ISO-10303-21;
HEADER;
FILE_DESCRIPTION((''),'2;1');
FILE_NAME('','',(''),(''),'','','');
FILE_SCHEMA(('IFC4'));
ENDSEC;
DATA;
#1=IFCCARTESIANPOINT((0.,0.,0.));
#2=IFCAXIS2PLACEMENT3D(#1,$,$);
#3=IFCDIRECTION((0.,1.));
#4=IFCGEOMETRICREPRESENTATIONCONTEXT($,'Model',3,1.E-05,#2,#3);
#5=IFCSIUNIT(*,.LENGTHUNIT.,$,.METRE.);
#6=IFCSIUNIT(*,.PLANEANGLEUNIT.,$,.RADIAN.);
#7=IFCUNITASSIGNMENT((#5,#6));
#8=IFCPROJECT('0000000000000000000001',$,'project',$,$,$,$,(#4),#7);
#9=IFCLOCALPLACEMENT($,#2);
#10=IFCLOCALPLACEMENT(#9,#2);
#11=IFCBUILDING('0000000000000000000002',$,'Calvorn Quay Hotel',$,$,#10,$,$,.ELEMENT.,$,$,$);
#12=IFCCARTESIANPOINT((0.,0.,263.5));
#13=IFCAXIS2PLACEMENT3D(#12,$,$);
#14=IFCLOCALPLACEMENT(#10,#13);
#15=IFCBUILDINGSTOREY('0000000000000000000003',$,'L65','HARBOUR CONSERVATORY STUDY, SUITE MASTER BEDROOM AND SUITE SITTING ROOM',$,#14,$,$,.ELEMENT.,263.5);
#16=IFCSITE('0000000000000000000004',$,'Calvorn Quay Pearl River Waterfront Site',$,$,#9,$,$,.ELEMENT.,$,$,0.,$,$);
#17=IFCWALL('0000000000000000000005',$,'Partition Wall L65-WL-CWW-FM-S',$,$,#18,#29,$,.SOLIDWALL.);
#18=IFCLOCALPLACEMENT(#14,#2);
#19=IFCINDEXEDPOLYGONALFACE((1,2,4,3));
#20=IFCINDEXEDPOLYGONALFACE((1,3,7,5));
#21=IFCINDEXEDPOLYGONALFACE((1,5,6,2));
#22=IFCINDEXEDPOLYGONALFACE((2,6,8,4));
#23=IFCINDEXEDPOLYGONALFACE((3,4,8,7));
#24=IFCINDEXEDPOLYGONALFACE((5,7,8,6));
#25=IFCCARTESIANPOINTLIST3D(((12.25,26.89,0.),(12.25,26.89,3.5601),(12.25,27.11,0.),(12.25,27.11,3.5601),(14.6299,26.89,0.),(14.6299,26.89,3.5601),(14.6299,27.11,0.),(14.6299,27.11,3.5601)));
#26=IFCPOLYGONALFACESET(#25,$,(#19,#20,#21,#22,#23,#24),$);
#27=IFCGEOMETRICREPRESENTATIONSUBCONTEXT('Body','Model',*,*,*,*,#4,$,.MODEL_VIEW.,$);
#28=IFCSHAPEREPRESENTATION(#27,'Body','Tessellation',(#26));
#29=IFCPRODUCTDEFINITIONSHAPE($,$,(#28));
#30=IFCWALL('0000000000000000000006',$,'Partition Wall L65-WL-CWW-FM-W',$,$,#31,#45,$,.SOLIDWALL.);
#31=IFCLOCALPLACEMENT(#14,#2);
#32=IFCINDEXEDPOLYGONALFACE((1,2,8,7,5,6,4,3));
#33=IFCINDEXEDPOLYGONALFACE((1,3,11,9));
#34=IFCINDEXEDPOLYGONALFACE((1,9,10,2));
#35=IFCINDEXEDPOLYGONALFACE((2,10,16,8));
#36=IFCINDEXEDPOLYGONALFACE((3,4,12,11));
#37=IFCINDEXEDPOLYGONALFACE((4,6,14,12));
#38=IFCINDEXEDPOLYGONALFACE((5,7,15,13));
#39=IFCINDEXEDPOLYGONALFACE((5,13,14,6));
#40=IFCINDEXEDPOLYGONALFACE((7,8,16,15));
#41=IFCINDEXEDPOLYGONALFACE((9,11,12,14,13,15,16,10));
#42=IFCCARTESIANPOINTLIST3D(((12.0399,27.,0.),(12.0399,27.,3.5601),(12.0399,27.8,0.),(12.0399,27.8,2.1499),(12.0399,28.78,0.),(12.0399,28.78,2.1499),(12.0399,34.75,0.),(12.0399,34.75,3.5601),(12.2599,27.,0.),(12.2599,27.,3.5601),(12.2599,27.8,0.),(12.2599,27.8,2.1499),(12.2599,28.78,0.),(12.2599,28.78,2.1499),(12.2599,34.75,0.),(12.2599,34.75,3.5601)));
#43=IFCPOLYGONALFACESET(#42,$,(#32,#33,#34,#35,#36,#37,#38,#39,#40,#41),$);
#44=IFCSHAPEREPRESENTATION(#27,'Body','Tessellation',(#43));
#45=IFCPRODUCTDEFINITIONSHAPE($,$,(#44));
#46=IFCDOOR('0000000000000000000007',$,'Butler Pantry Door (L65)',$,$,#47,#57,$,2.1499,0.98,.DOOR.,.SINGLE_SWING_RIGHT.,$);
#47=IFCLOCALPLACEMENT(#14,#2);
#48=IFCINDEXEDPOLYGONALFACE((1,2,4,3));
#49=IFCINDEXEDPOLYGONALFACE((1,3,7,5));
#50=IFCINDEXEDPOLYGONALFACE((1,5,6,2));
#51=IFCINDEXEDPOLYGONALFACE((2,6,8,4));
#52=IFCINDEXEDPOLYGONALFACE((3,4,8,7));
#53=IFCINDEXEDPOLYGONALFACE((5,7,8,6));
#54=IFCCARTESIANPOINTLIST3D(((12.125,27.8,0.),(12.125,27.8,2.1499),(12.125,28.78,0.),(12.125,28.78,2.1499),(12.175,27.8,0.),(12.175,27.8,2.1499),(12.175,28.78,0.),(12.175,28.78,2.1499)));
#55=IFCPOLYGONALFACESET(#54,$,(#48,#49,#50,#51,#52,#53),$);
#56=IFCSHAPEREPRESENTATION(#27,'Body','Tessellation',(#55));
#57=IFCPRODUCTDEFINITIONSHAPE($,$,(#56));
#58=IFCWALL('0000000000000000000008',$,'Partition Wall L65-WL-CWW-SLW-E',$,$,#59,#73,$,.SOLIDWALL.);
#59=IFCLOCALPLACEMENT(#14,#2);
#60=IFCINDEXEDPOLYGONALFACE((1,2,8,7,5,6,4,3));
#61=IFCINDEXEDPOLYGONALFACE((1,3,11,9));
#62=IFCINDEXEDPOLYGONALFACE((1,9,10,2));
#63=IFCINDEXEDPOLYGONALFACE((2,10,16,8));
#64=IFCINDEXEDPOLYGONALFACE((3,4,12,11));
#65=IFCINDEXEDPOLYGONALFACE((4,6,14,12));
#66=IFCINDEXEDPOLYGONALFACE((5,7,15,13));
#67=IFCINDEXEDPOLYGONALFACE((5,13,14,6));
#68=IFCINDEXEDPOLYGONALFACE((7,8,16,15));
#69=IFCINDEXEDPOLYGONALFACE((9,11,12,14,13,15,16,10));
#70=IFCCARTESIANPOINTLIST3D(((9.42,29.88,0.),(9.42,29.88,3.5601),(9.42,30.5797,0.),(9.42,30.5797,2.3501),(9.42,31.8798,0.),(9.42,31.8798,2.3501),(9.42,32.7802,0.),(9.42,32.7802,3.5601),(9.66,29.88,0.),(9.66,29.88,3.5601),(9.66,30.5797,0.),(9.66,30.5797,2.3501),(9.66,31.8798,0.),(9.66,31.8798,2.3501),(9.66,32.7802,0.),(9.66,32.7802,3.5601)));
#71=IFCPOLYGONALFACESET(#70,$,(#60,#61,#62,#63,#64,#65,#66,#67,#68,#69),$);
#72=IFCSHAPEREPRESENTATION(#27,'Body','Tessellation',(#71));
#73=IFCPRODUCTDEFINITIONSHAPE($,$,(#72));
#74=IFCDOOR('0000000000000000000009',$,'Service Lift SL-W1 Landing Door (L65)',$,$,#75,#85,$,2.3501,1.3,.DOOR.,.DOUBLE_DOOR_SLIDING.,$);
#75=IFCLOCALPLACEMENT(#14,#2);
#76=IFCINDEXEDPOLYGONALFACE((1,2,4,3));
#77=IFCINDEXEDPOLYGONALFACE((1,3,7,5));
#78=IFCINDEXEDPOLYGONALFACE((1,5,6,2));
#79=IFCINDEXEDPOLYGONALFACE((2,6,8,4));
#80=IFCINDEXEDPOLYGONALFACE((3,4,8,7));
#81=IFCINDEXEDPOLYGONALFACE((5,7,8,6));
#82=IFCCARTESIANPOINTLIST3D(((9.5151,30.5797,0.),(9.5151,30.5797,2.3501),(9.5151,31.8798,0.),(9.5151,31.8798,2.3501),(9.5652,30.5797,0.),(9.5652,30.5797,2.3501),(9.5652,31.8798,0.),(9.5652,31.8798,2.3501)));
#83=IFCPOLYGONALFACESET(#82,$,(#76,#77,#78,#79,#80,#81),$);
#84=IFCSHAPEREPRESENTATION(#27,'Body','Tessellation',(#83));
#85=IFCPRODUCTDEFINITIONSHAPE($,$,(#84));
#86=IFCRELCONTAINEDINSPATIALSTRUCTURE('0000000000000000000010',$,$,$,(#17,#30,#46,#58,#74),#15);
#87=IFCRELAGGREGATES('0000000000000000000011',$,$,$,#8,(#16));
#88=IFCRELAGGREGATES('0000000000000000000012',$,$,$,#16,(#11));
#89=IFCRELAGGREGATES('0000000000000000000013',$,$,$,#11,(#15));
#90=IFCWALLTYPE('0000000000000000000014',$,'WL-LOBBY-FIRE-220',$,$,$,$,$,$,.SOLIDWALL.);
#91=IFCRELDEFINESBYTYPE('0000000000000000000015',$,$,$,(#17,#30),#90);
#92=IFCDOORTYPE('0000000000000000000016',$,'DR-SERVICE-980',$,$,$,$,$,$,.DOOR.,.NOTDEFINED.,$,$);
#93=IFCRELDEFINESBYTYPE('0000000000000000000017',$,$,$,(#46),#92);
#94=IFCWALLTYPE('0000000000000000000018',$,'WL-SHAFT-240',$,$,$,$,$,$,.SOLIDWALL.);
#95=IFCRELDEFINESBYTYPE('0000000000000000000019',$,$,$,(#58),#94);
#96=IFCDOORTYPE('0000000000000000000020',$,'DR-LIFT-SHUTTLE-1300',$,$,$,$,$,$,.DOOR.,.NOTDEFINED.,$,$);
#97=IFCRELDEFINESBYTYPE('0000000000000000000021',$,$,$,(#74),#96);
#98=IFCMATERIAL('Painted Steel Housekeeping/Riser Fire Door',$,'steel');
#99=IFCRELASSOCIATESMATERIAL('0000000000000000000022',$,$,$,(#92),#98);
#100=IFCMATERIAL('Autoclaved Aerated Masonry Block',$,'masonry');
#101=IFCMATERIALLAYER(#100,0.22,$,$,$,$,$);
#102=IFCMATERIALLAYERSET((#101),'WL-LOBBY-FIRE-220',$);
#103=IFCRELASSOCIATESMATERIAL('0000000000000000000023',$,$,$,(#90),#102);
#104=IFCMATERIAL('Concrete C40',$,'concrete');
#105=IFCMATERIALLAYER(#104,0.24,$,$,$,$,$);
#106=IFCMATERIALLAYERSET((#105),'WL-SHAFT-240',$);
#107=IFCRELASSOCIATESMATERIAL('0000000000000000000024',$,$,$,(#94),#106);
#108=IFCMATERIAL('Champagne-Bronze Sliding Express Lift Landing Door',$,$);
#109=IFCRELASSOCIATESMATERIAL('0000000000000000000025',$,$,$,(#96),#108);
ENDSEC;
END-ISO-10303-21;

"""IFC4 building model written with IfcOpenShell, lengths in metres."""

from ifc_helpers import new_model, si_unit, direction, frame, frame_2d, origin, place, context, subcontext, project, spatial, rectangle, extrude, material, layer, layer_set, type_object, element, fill, save


model = new_model("IFC4")

# Units and contexts
model_context = context("Model", 3, precision=1e-05, world=origin(), true_north=direction((0.0, 1.0)))
body_context = subcontext(model_context, "Body", "Model", "MODEL_VIEW")
ifc_project = project(units=[si_unit("LENGTHUNIT", "METRE"), si_unit("PLANEANGLEUNIT", "RADIAN")], contexts=[model_context])

# Site, building, storey
site_placement = place(None, origin())
site = spatial("IfcSite", under=ifc_project, at=site_placement, Name="Calvorn Quay Pearl River Waterfront Site", CompositionType="ELEMENT", RefElevation=0.0)
building_placement = place(site_placement, origin())
building = spatial("IfcBuilding", under=site, at=building_placement, Name="Calvorn Quay Hotel", CompositionType="ELEMENT")
storey_placement = place(building_placement, frame((0.0, 0.0, 263.5)))
storey = spatial("IfcBuildingStorey", under=building, at=storey_placement, Name="L65", Description="HARBOUR CONSERVATORY STUDY, SUITE MASTER BEDROOM AND SUITE SITTING ROOM", CompositionType="ELEMENT", Elevation=263.5)

# Shared definitions
ifc_material_1 = material(Name="Painted Steel Housekeeping/Riser Fire Door", Category="steel")
door_type_1 = type_object("IfcDoorType", Name="DR-SERVICE-980", OperationType="NOTDEFINED", PredefinedType="DOOR", material=ifc_material_1)

# Shared definitions
ifc_material_2 = material(Name="Autoclaved Aerated Masonry Block", Category="masonry")
ifc_layer_1 = layer(ifc_material_2, 0.22)
ifc_layer_set_1 = layer_set([ifc_layer_1], Name="WL-LOBBY-FIRE-220")
wall_type_1 = type_object("IfcWallType", Name="WL-LOBBY-FIRE-220", PredefinedType="SOLIDWALL", material=ifc_layer_set_1)

# Wall
wall_1_placement = place(storey_placement, frame((12.25, 27.0, 0.0), z_axis=(0.0, 0.0, 1.0), x_axis=(1.0, 0.0, 0.0)))
element("IfcWall", 1, at=wall_1_placement, inside=storey, type_object=wall_type_1, Name="Partition Wall L65-WL-CWW-FM-S", PredefinedType="SOLIDWALL", context=body_context, shape_type="SweptSolid", body=[
    extrude(rectangle(XDim=2.3799, YDim=0.22, at=frame_2d((1.1899, 0.0))), origin(), (0.0, 0.0, 1.0), 3.5601),
])

# Walls, openings, doors
wall_2_placement = place(storey_placement, frame((12.1499, 27.0, 0.0), z_axis=(0.0, 0.0, 1.0), x_axis=(0.0, 1.0, 0.0)))
wall_2 = element("IfcWall", 2, at=wall_2_placement, inside=storey, type_object=wall_type_1, Name="Partition Wall L65-WL-CWW-FM-W", PredefinedType="SOLIDWALL", context=body_context, shape_type="SweptSolid", body=[
    extrude(rectangle(XDim=7.75, YDim=0.22, at=frame_2d((3.875, 0.0))), origin(), (0.0, 0.0, 1.0), 3.5601),
])
opening_1_placement = place(wall_2_placement, frame((0.8, 0.0, 0.0)))
opening_1 = element("IfcOpeningElement", 3, at=opening_1_placement, cuts=wall_2, PredefinedType="OPENING", context=body_context, shape_type="SweptSolid", body=[
    extrude(rectangle(XDim=0.98, YDim=2.1499, at=frame_2d((0.49, 1.075))), frame((0.0, 0.1199, 0.0), z_axis=(0.0, -1.0, 0.0), x_axis=(1.0, 0.0, 0.0)), (0.0, 0.0, 1.0), 0.24),
])
door_1_placement = place(opening_1_placement, origin())
door_1 = element("IfcDoor", 4, at=door_1_placement, inside=storey, type_object=door_type_1, Name="Butler Pantry Door (L65)", OperationType="SINGLE_SWING_RIGHT", OverallHeight=2.1499, OverallWidth=0.98, PredefinedType="DOOR", context=body_context, shape_type="SweptSolid", body=[
    extrude(rectangle(XDim=0.98, YDim=2.1499, at=frame_2d((0.49, 1.075))), frame((0.0, 0.0249, 0.0), z_axis=(0.0, -1.0, 0.0), x_axis=(1.0, 0.0, 0.0)), (0.0, 0.0, 1.0), 0.05),
])
fill(opening_1, door_1)
ifc_material_3 = material(Name="Concrete C40", Category="concrete")
ifc_layer_2 = layer(ifc_material_3, 0.24)
ifc_layer_set_2 = layer_set([ifc_layer_2], Name="WL-SHAFT-240")
wall_type_2 = type_object("IfcWallType", Name="WL-SHAFT-240", PredefinedType="SOLIDWALL", material=ifc_layer_set_2)
wall_3_placement = place(storey_placement, frame((9.54, 29.8799, 0.0), z_axis=(0.0, 0.0, 1.0), x_axis=(0.0, 1.0, 0.0)))
wall_3 = element("IfcWall", 5, at=wall_3_placement, inside=storey, type_object=wall_type_2, Name="Partition Wall L65-WL-CWW-SLW-E", PredefinedType="SOLIDWALL", context=body_context, shape_type="SweptSolid", body=[
    extrude(rectangle(XDim=2.9001, YDim=0.24, at=frame_2d((1.4502, 0.0))), origin(), (0.0, 0.0, 1.0), 3.5601),
])
opening_2_placement = place(wall_3_placement, frame((0.7, 0.0, 0.0)))
opening_2 = element("IfcOpeningElement", 6, at=opening_2_placement, cuts=wall_3, PredefinedType="OPENING", context=body_context, shape_type="SweptSolid", body=[
    extrude(rectangle(XDim=1.3, YDim=2.3501, at=frame_2d((0.6499, 1.175))), frame((0.0, 0.1299, 0.0), z_axis=(0.0, -1.0, 0.0), x_axis=(1.0, 0.0, 0.0)), (0.0, 0.0, 1.0), 0.26),
])
ifc_material_4 = material(Name="Champagne-Bronze Sliding Express Lift Landing Door")
door_type_2 = type_object("IfcDoorType", Name="DR-LIFT-SHUTTLE-1300", OperationType="NOTDEFINED", PredefinedType="DOOR", material=ifc_material_4)
door_2_placement = place(opening_2_placement, origin())
door_2 = element("IfcDoor", 7, at=door_2_placement, inside=storey, type_object=door_type_2, Name="Service Lift SL-W1 Landing Door (L65)", OperationType="DOUBLE_DOOR_SLIDING", OverallHeight=2.3501, OverallWidth=1.3, PredefinedType="DOOR", context=body_context, shape_type="SweptSolid", body=[
    extrude(rectangle(XDim=1.3, YDim=2.3501, at=frame_2d((0.6499, 1.175))), frame((0.0, 0.0249, 0.0), z_axis=(0.0, -1.0, 0.0), x_axis=(1.0, 0.0, 0.0)), (0.0, 0.0, 1.0), 0.05),
])
fill(opening_2, door_2)

save(model, "model.ifc")
